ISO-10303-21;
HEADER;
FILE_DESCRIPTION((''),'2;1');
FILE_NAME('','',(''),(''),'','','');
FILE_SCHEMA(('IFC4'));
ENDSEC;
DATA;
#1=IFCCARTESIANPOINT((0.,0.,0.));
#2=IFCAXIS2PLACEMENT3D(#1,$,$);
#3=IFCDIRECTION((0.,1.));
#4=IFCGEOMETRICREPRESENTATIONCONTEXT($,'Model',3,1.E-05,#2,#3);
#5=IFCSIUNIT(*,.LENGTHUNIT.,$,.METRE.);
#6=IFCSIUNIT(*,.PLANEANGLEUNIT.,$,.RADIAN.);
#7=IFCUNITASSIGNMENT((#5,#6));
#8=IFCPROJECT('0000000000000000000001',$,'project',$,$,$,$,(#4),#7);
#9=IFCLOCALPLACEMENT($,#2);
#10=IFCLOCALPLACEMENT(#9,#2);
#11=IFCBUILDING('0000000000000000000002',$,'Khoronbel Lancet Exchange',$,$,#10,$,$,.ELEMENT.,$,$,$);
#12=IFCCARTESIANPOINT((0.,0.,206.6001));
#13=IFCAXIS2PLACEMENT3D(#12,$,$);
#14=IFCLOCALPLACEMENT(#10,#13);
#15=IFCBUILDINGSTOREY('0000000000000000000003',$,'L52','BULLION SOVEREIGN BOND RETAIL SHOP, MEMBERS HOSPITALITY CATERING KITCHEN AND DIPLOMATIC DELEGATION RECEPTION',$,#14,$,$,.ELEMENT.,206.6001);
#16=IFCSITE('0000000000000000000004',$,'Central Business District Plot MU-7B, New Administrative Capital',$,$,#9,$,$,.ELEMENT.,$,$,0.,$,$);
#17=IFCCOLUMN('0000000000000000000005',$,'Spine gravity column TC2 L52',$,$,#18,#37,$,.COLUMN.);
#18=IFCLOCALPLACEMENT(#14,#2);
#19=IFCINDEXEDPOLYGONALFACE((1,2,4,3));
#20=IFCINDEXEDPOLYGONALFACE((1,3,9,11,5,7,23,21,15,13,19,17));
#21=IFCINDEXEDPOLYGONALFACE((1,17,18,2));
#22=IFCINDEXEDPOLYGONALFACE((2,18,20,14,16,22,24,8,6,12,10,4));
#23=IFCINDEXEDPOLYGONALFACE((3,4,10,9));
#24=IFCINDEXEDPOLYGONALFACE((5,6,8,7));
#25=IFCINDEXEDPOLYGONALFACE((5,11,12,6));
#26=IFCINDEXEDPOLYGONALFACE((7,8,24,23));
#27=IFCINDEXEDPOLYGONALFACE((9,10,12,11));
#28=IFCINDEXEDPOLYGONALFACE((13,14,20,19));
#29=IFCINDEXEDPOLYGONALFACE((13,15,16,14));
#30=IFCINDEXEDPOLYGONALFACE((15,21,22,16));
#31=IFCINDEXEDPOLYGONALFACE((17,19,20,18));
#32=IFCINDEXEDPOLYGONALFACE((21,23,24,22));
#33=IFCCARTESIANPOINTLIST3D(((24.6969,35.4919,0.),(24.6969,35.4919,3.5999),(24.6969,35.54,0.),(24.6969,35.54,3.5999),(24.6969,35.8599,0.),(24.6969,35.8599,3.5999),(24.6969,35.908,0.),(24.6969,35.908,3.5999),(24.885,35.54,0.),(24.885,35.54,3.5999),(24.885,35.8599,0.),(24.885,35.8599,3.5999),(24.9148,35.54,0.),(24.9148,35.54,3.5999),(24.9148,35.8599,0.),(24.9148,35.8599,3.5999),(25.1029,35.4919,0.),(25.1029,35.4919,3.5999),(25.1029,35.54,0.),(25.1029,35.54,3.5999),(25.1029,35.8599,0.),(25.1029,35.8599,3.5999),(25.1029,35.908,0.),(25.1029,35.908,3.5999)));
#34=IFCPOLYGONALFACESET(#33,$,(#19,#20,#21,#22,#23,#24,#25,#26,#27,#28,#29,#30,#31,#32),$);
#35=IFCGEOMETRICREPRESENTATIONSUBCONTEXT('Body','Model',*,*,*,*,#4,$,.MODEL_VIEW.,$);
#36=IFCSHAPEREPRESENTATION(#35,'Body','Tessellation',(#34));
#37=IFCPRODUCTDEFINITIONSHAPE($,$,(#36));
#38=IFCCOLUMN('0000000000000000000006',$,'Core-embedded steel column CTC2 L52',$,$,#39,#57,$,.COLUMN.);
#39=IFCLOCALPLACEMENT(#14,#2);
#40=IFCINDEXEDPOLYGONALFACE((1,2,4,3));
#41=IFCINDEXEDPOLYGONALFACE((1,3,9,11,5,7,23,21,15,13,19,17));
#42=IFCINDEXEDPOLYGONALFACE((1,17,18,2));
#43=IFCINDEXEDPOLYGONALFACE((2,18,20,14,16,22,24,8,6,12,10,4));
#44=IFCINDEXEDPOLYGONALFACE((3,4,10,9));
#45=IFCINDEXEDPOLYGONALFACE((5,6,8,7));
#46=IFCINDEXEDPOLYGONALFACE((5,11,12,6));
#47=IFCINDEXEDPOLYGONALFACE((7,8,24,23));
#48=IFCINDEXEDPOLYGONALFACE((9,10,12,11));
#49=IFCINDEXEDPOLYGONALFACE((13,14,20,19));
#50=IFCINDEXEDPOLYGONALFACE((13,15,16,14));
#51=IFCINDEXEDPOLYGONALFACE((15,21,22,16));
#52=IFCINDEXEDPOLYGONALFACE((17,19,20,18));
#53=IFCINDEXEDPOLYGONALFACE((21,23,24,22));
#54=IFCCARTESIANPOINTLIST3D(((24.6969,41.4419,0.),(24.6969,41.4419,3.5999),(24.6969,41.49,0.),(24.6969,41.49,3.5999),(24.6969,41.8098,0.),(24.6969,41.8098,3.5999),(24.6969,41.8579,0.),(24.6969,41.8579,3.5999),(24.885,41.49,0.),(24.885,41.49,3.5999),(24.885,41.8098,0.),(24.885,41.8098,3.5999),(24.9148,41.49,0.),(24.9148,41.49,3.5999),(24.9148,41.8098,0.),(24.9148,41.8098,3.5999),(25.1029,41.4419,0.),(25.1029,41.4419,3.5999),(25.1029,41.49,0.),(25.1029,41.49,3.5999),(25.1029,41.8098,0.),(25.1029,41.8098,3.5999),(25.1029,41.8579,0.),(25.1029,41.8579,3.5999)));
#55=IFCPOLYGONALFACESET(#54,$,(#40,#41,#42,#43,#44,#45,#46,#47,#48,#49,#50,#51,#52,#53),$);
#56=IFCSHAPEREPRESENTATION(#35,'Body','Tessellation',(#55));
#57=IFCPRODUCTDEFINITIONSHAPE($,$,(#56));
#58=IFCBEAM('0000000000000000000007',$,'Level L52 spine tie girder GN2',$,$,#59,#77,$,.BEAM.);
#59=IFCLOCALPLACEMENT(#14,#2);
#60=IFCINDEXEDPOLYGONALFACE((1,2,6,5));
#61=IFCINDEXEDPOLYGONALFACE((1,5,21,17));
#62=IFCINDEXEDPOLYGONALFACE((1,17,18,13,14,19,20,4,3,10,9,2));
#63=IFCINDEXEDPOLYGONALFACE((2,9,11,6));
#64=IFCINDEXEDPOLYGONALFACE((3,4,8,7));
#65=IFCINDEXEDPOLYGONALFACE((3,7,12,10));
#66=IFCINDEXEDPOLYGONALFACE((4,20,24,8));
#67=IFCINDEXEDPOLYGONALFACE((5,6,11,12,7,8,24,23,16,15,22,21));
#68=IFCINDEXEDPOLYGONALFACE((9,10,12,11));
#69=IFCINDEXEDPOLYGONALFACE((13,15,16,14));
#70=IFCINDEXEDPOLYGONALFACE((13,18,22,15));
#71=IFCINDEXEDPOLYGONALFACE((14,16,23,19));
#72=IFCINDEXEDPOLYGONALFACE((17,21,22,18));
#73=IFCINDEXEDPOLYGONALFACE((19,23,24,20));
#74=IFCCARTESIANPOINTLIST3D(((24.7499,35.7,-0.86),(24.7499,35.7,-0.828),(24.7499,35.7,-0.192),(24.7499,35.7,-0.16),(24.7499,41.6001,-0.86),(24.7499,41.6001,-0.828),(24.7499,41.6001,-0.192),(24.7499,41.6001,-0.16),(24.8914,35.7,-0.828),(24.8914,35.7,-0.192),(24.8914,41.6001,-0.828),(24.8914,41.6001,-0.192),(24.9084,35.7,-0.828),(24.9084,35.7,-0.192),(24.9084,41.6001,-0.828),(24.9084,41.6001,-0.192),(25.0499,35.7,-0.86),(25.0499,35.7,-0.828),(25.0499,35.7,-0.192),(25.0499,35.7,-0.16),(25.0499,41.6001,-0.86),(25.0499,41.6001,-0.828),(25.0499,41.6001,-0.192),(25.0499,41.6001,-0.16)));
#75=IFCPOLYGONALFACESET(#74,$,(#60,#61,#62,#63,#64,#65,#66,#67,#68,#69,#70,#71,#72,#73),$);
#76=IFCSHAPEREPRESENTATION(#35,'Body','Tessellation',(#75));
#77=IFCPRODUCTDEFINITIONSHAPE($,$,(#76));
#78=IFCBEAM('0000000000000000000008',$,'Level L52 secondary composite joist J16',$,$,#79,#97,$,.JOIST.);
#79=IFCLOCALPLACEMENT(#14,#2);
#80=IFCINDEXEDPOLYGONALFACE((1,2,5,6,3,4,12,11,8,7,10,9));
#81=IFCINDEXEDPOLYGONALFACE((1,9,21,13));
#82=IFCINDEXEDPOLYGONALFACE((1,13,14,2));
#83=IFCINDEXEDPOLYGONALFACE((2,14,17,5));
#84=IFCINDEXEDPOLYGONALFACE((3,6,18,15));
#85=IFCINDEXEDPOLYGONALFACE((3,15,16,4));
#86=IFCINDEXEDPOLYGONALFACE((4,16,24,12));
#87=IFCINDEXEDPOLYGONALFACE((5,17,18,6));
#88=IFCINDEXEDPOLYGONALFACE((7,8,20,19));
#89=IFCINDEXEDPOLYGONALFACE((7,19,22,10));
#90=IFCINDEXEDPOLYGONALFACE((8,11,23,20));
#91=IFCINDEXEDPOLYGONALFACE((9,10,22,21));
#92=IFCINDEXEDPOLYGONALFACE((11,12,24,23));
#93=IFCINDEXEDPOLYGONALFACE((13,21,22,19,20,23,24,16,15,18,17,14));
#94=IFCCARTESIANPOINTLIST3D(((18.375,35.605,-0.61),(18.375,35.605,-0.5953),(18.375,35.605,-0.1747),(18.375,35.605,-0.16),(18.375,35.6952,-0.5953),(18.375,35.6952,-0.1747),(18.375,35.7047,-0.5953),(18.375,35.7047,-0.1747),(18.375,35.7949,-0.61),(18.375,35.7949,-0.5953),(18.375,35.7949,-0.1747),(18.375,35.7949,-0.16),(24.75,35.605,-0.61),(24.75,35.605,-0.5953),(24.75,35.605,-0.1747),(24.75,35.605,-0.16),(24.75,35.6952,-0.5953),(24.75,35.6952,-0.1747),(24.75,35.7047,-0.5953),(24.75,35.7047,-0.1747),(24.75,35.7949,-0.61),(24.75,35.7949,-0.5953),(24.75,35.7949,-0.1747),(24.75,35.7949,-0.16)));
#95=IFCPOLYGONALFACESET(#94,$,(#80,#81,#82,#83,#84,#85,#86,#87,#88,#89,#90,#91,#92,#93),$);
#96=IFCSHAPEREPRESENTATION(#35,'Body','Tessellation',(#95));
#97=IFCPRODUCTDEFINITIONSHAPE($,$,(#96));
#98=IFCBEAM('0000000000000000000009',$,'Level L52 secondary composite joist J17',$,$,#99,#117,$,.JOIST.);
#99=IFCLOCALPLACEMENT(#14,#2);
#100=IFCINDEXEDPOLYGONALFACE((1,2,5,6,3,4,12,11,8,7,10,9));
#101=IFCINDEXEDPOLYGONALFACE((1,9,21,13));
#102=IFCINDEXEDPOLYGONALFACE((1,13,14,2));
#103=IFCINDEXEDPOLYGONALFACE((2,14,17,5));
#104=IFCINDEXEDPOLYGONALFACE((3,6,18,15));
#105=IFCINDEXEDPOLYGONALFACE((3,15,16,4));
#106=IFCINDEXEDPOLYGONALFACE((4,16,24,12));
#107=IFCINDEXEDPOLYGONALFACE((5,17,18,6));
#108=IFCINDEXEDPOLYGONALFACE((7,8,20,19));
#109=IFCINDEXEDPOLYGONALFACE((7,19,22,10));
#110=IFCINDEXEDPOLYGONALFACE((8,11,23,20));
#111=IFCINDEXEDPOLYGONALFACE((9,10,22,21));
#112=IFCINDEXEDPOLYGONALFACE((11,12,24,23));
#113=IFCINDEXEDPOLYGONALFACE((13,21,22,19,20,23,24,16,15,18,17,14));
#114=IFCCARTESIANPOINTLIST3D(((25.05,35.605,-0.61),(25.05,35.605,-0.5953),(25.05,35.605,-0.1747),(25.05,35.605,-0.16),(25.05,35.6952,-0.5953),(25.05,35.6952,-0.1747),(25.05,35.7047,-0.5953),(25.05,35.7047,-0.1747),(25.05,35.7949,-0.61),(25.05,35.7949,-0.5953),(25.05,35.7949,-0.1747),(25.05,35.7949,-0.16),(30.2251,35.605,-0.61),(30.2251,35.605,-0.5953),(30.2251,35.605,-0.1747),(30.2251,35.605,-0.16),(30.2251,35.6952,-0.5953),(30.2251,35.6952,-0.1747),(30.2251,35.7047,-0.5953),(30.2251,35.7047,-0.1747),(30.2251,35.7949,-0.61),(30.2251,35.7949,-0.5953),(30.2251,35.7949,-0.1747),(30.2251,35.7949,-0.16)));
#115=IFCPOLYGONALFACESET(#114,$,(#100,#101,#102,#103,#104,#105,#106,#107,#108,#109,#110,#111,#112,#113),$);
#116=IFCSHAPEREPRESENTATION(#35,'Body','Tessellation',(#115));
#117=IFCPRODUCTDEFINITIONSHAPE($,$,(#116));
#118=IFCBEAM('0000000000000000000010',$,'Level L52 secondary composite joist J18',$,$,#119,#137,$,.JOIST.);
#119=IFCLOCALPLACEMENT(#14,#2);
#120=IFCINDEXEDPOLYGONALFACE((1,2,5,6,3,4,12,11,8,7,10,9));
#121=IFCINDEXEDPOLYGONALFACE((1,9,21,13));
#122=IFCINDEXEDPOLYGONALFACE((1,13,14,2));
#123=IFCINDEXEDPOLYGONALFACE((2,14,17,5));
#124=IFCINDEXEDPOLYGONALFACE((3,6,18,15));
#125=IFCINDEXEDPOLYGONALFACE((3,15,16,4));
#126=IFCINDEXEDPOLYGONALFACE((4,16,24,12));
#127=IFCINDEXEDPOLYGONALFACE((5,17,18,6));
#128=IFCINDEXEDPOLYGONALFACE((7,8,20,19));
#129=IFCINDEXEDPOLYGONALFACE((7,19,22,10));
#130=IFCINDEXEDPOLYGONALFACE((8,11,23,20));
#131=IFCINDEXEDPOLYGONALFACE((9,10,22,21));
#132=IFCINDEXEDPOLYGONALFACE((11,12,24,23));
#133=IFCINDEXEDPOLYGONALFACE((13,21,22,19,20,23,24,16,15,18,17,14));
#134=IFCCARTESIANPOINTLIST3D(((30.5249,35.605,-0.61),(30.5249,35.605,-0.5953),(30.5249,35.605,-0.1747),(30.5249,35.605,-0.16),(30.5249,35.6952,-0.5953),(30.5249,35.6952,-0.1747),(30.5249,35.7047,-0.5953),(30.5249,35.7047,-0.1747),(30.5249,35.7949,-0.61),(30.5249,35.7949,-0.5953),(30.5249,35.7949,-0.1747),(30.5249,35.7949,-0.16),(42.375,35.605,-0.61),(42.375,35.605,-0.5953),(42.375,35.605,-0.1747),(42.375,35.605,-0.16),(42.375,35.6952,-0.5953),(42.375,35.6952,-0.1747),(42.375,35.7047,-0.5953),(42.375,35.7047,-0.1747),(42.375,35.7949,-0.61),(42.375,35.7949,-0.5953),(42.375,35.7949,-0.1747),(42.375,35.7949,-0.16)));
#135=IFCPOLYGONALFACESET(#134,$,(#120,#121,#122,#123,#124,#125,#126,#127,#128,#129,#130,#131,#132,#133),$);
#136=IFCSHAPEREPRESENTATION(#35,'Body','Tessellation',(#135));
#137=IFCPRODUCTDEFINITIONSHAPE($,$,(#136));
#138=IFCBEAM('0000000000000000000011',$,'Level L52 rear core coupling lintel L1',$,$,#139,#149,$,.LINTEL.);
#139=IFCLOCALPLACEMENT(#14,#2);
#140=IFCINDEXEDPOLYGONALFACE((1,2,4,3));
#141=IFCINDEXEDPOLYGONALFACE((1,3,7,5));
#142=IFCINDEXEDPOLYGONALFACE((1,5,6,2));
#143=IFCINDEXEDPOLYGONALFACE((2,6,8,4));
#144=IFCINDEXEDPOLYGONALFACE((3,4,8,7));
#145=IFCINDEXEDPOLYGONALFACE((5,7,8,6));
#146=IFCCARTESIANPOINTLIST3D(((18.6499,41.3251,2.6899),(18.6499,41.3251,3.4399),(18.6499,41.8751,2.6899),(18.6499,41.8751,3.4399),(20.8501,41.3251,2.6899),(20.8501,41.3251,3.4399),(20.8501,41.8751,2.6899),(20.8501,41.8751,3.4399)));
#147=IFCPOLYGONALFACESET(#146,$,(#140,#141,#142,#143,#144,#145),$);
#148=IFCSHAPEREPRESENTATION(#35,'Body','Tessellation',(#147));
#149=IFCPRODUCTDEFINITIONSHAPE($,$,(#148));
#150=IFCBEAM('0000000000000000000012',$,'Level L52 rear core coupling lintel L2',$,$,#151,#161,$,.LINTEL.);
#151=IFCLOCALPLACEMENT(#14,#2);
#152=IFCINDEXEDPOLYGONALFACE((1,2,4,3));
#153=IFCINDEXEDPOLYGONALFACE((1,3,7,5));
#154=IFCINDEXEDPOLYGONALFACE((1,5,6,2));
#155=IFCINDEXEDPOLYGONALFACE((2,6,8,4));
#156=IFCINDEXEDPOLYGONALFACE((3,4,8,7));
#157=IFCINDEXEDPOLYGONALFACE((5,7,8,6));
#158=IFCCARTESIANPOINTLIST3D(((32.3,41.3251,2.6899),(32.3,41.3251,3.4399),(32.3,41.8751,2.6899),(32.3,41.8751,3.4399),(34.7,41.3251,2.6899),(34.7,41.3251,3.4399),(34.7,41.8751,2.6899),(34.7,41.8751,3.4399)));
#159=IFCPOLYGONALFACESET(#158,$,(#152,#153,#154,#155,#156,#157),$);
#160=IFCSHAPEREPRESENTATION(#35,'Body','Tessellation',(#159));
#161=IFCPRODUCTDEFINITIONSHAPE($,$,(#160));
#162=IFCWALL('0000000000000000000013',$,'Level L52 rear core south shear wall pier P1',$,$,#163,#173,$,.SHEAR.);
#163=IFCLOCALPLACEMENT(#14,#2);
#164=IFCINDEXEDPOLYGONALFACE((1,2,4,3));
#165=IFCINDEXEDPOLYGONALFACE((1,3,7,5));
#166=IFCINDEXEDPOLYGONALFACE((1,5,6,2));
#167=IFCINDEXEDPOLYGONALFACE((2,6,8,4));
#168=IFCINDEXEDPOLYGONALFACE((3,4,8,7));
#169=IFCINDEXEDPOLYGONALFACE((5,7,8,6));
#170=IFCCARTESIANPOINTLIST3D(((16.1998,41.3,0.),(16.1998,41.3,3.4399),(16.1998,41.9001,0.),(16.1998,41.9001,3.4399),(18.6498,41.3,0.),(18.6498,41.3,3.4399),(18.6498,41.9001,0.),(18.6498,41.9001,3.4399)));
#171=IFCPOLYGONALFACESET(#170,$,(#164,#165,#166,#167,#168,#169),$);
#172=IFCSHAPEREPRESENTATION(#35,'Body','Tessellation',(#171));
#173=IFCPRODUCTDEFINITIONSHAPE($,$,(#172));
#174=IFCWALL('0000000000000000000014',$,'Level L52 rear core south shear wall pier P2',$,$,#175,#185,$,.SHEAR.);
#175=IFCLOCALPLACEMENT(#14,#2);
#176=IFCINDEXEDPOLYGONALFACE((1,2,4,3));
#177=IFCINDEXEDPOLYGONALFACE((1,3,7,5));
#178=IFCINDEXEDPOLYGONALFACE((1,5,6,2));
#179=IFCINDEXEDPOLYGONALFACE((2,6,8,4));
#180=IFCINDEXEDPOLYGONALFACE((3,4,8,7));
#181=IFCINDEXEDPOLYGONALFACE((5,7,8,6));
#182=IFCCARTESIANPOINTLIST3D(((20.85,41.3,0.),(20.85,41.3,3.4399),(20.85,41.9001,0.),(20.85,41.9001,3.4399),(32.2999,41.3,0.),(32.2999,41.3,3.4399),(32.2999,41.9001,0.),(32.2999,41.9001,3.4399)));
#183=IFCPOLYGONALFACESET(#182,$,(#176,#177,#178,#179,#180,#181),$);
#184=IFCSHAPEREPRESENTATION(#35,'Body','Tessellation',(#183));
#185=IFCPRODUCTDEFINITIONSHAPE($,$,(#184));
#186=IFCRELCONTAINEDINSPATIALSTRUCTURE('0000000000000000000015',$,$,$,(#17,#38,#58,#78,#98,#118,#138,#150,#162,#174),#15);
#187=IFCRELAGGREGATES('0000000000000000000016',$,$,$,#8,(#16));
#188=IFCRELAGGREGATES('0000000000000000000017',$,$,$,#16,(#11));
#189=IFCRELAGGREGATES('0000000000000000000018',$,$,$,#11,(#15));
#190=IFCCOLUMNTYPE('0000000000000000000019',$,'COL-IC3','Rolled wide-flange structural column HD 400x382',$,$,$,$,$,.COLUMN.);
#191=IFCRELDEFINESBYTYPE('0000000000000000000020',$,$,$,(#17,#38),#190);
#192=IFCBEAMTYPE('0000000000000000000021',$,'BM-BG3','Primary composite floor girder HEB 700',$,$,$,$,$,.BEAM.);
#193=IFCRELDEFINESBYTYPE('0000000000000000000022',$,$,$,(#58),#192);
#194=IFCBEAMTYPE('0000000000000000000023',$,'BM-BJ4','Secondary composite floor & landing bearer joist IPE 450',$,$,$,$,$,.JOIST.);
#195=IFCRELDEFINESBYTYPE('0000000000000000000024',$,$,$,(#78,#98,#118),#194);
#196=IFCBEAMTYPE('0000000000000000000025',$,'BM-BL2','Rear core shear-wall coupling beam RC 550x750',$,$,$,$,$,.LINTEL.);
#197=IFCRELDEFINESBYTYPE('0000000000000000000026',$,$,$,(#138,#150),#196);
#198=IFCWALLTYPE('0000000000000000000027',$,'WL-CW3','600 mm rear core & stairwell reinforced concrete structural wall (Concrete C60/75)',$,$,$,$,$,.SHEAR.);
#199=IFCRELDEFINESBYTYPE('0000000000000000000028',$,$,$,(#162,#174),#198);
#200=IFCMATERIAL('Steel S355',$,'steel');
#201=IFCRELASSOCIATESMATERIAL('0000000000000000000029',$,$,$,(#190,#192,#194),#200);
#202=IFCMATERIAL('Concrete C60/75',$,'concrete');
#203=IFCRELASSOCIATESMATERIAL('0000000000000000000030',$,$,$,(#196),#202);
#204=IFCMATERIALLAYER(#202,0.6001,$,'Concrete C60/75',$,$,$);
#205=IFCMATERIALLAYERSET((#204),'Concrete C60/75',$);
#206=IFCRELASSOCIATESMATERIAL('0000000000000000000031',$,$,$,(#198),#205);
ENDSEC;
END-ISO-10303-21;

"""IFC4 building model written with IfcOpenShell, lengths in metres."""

from ifc_helpers import new_model, si_unit, direction, frame, frame_2d, origin, origin_2d, place, context, subcontext, project, spatial, rectangle, i_section, extrude, material, layer, layer_set, material_profile, profile_set, type_object, element, save


model = new_model("IFC4")

# Units and contexts
model_context = context("Model", 3, precision=1e-05, world=origin(), true_north=direction((0.0, 1.0)))
body_context = subcontext(model_context, "Body", "Model", "MODEL_VIEW")
ifc_project = project(units=[si_unit("LENGTHUNIT", "METRE"), si_unit("PLANEANGLEUNIT", "RADIAN")], contexts=[model_context])

# Site, building, storey
site_placement = place(None, origin())
site = spatial("IfcSite", under=ifc_project, at=site_placement, Name="Central Business District Plot MU-7B, New Administrative Capital", CompositionType="ELEMENT", RefElevation=0.0)
building_placement = place(site_placement, origin())
building = spatial("IfcBuilding", under=site, at=building_placement, Name="Khoronbel Lancet Exchange", CompositionType="ELEMENT")
storey_placement = place(building_placement, frame((0.0, 0.0, 206.6001)))
storey = spatial("IfcBuildingStorey", under=building, at=storey_placement, Name="L52", Description="BULLION SOVEREIGN BOND RETAIL SHOP, MEMBERS HOSPITALITY CATERING KITCHEN AND DIPLOMATIC DELEGATION RECEPTION", CompositionType="ELEMENT", Elevation=206.6001)

# Columns
ifc_material_1 = material(Name="Steel S355", Category="steel")
ifc_material_profile_1 = material_profile(ifc_material_1, i_section(OverallWidth=0.406, OverallDepth=0.416, WebThickness=0.0298, FlangeThickness=0.0481, at=origin_2d()), Name="HD 400x382")
ifc_profile_set_1 = profile_set([ifc_material_profile_1], Name="Steel S355")
column_type = type_object("IfcColumnType", Name="COL-IC3", Description="Rolled wide-flange structural column HD 400x382", PredefinedType="COLUMN", material=ifc_profile_set_1)
for number, where, z_axis, x_axis, name in (
    (1, (24.8999, 35.7, 0.0), (0.0, 0.0, 1.0), (1.0, 0.0, 0.0), "Spine gravity column TC2 L52"),
    (2, (24.8999, 41.6499, 0.0), (0.0, 0.0, 1.0), (1.0, 0.0, 0.0), "Core-embedded steel column CTC2 L52"),
):
    element("IfcColumn", number, at=place(storey_placement, frame(where, z_axis=z_axis, x_axis=x_axis)), inside=storey, type_object=column_type, Name=name, PredefinedType="COLUMN", context=body_context, shape_type="SweptSolid", body=[
        extrude(i_section(OverallWidth=0.406, OverallDepth=0.416, WebThickness=0.0298, FlangeThickness=0.0481, at=origin_2d()), origin(), (0.0, 0.0, 1.0), 3.5999),
    ])

# Beams
ifc_material_profile_2 = material_profile(ifc_material_1, i_section(OverallWidth=0.3, OverallDepth=0.7, WebThickness=0.0171, FlangeThickness=0.032, at=origin_2d()), Name="HEB 700")
ifc_profile_set_2 = profile_set([ifc_material_profile_2], Name="Steel S355")
beam_type_1 = type_object("IfcBeamType", Name="BM-BG3", Description="Primary composite floor girder HEB 700", PredefinedType="BEAM", material=ifc_profile_set_2)
beam_1_placement = place(storey_placement, frame((24.8999, 35.7, -0.51), z_axis=(0.0, 1.0, 0.0), x_axis=(-1.0, 0.0, 0.0)))
element("IfcBeam", 3, at=beam_1_placement, inside=storey, type_object=beam_type_1, Name="Level L52 spine tie girder GN2", PredefinedType="BEAM", context=body_context, shape_type="SweptSolid", body=[
    extrude(i_section(OverallWidth=0.3, OverallDepth=0.7, WebThickness=0.0171, FlangeThickness=0.032, at=origin_2d()), origin(), (0.0, 0.0, 1.0), 5.9001),
])
ifc_material_profile_3 = material_profile(ifc_material_1, i_section(OverallWidth=0.1899, OverallDepth=0.45, WebThickness=0.0095, FlangeThickness=0.0146, at=origin_2d()), Name="IPE 450")
ifc_profile_set_3 = profile_set([ifc_material_profile_3], Name="Steel S355")
beam_type_2 = type_object("IfcBeamType", Name="BM-BJ4", Description="Secondary composite floor & landing bearer joist IPE 450", PredefinedType="JOIST", material=ifc_profile_set_3)
beam_2_placement = place(storey_placement, frame((18.375, 35.7, -0.385), z_axis=(1.0, 0.0, 0.0), x_axis=(0.0, 1.0, 0.0)))
element("IfcBeam", 4, at=beam_2_placement, inside=storey, type_object=beam_type_2, Name="Level L52 secondary composite joist J16", PredefinedType="JOIST", context=body_context, shape_type="SweptSolid", body=[
    extrude(i_section(OverallWidth=0.1899, OverallDepth=0.45, WebThickness=0.0095, FlangeThickness=0.0146, at=origin_2d()), origin(), (0.0, 0.0, 1.0), 6.375),
])
beam_3_placement = place(storey_placement, frame((25.05, 35.7, -0.385), z_axis=(1.0, 0.0, 0.0), x_axis=(0.0, 1.0, 0.0)))
element("IfcBeam", 5, at=beam_3_placement, inside=storey, type_object=beam_type_2, Name="Level L52 secondary composite joist J17", PredefinedType="JOIST", context=body_context, shape_type="SweptSolid", body=[
    extrude(i_section(OverallWidth=0.1899, OverallDepth=0.45, WebThickness=0.0095, FlangeThickness=0.0146, at=origin_2d()), origin(), (0.0, 0.0, 1.0), 5.175),
])
beam_4_placement = place(storey_placement, frame((30.5249, 35.7, -0.385), z_axis=(1.0, 0.0, 0.0), x_axis=(0.0, 1.0, 0.0)))
element("IfcBeam", 6, at=beam_4_placement, inside=storey, type_object=beam_type_2, Name="Level L52 secondary composite joist J18", PredefinedType="JOIST", context=body_context, shape_type="SweptSolid", body=[
    extrude(i_section(OverallWidth=0.1899, OverallDepth=0.45, WebThickness=0.0095, FlangeThickness=0.0146, at=origin_2d()), origin(), (0.0, 0.0, 1.0), 11.8501),
])
ifc_material_2 = material(Name="Concrete C60/75", Category="concrete")
ifc_material_profile_4 = material_profile(ifc_material_2, rectangle(XDim=0.55, YDim=0.75, at=origin_2d()), Name="RC 550x750")
ifc_profile_set_4 = profile_set([ifc_material_profile_4], Name="Concrete C60/75")
beam_type_3 = type_object("IfcBeamType", Name="BM-BL2", Description="Rear core shear-wall coupling beam RC 550x750", PredefinedType="LINTEL", material=ifc_profile_set_4)
beam_5_placement = place(storey_placement, frame((18.6499, 41.6001, 3.0649), z_axis=(1.0, 0.0, 0.0), x_axis=(0.0, 1.0, 0.0)))
element("IfcBeam", 7, at=beam_5_placement, inside=storey, type_object=beam_type_3, Name="Level L52 rear core coupling lintel L1", PredefinedType="LINTEL", context=body_context, shape_type="SweptSolid", body=[
    extrude(rectangle(XDim=0.55, YDim=0.75, at=origin_2d()), origin(), (0.0, 0.0, 1.0), 2.2002),
])
beam_6_placement = place(storey_placement, frame((32.3, 41.6001, 3.0649), z_axis=(1.0, 0.0, 0.0), x_axis=(0.0, 1.0, 0.0)))
element("IfcBeam", 8, at=beam_6_placement, inside=storey, type_object=beam_type_3, Name="Level L52 rear core coupling lintel L2", PredefinedType="LINTEL", context=body_context, shape_type="SweptSolid", body=[
    extrude(rectangle(XDim=0.55, YDim=0.75, at=origin_2d()), origin(), (0.0, 0.0, 1.0), 2.3999),
])

# Walls
ifc_layer_1 = layer(ifc_material_2, 0.6001, Name="Concrete C60/75")
ifc_layer_set_1 = layer_set([ifc_layer_1], Name="Concrete C60/75")
wall_type_1 = type_object("IfcWallType", Name="WL-CW3", Description="600 mm rear core & stairwell reinforced concrete structural wall (Concrete C60/75)", PredefinedType="SHEAR", material=ifc_layer_set_1)
wall_1_placement = place(storey_placement, frame((18.6499, 41.6001, 0.0), z_axis=(0.0, 0.0, 1.0), x_axis=(-1.0, 0.0, 0.0)))
element("IfcWall", 9, at=wall_1_placement, inside=storey, type_object=wall_type_1, Name="Level L52 rear core south shear wall pier P1", PredefinedType="SHEAR", context=body_context, shape_type="SweptSolid", body=[
    extrude(rectangle(XDim=2.45, YDim=0.6001, at=frame_2d((1.2251, 0.0))), origin(), (0.0, 0.0, 1.0), 3.4399),
])
wall_2_placement = place(storey_placement, frame((32.3, 41.6001, 0.0), z_axis=(0.0, 0.0, 1.0), x_axis=(-1.0, 0.0, 0.0)))
element("IfcWall", 10, at=wall_2_placement, inside=storey, type_object=wall_type_1, Name="Level L52 rear core south shear wall pier P2", PredefinedType="SHEAR", context=body_context, shape_type="SweptSolid", body=[
    extrude(rectangle(XDim=11.45, YDim=0.6001, at=frame_2d((5.7251, 0.0))), origin(), (0.0, 0.0, 1.0), 3.4399),
])

save(model, "model.ifc")
